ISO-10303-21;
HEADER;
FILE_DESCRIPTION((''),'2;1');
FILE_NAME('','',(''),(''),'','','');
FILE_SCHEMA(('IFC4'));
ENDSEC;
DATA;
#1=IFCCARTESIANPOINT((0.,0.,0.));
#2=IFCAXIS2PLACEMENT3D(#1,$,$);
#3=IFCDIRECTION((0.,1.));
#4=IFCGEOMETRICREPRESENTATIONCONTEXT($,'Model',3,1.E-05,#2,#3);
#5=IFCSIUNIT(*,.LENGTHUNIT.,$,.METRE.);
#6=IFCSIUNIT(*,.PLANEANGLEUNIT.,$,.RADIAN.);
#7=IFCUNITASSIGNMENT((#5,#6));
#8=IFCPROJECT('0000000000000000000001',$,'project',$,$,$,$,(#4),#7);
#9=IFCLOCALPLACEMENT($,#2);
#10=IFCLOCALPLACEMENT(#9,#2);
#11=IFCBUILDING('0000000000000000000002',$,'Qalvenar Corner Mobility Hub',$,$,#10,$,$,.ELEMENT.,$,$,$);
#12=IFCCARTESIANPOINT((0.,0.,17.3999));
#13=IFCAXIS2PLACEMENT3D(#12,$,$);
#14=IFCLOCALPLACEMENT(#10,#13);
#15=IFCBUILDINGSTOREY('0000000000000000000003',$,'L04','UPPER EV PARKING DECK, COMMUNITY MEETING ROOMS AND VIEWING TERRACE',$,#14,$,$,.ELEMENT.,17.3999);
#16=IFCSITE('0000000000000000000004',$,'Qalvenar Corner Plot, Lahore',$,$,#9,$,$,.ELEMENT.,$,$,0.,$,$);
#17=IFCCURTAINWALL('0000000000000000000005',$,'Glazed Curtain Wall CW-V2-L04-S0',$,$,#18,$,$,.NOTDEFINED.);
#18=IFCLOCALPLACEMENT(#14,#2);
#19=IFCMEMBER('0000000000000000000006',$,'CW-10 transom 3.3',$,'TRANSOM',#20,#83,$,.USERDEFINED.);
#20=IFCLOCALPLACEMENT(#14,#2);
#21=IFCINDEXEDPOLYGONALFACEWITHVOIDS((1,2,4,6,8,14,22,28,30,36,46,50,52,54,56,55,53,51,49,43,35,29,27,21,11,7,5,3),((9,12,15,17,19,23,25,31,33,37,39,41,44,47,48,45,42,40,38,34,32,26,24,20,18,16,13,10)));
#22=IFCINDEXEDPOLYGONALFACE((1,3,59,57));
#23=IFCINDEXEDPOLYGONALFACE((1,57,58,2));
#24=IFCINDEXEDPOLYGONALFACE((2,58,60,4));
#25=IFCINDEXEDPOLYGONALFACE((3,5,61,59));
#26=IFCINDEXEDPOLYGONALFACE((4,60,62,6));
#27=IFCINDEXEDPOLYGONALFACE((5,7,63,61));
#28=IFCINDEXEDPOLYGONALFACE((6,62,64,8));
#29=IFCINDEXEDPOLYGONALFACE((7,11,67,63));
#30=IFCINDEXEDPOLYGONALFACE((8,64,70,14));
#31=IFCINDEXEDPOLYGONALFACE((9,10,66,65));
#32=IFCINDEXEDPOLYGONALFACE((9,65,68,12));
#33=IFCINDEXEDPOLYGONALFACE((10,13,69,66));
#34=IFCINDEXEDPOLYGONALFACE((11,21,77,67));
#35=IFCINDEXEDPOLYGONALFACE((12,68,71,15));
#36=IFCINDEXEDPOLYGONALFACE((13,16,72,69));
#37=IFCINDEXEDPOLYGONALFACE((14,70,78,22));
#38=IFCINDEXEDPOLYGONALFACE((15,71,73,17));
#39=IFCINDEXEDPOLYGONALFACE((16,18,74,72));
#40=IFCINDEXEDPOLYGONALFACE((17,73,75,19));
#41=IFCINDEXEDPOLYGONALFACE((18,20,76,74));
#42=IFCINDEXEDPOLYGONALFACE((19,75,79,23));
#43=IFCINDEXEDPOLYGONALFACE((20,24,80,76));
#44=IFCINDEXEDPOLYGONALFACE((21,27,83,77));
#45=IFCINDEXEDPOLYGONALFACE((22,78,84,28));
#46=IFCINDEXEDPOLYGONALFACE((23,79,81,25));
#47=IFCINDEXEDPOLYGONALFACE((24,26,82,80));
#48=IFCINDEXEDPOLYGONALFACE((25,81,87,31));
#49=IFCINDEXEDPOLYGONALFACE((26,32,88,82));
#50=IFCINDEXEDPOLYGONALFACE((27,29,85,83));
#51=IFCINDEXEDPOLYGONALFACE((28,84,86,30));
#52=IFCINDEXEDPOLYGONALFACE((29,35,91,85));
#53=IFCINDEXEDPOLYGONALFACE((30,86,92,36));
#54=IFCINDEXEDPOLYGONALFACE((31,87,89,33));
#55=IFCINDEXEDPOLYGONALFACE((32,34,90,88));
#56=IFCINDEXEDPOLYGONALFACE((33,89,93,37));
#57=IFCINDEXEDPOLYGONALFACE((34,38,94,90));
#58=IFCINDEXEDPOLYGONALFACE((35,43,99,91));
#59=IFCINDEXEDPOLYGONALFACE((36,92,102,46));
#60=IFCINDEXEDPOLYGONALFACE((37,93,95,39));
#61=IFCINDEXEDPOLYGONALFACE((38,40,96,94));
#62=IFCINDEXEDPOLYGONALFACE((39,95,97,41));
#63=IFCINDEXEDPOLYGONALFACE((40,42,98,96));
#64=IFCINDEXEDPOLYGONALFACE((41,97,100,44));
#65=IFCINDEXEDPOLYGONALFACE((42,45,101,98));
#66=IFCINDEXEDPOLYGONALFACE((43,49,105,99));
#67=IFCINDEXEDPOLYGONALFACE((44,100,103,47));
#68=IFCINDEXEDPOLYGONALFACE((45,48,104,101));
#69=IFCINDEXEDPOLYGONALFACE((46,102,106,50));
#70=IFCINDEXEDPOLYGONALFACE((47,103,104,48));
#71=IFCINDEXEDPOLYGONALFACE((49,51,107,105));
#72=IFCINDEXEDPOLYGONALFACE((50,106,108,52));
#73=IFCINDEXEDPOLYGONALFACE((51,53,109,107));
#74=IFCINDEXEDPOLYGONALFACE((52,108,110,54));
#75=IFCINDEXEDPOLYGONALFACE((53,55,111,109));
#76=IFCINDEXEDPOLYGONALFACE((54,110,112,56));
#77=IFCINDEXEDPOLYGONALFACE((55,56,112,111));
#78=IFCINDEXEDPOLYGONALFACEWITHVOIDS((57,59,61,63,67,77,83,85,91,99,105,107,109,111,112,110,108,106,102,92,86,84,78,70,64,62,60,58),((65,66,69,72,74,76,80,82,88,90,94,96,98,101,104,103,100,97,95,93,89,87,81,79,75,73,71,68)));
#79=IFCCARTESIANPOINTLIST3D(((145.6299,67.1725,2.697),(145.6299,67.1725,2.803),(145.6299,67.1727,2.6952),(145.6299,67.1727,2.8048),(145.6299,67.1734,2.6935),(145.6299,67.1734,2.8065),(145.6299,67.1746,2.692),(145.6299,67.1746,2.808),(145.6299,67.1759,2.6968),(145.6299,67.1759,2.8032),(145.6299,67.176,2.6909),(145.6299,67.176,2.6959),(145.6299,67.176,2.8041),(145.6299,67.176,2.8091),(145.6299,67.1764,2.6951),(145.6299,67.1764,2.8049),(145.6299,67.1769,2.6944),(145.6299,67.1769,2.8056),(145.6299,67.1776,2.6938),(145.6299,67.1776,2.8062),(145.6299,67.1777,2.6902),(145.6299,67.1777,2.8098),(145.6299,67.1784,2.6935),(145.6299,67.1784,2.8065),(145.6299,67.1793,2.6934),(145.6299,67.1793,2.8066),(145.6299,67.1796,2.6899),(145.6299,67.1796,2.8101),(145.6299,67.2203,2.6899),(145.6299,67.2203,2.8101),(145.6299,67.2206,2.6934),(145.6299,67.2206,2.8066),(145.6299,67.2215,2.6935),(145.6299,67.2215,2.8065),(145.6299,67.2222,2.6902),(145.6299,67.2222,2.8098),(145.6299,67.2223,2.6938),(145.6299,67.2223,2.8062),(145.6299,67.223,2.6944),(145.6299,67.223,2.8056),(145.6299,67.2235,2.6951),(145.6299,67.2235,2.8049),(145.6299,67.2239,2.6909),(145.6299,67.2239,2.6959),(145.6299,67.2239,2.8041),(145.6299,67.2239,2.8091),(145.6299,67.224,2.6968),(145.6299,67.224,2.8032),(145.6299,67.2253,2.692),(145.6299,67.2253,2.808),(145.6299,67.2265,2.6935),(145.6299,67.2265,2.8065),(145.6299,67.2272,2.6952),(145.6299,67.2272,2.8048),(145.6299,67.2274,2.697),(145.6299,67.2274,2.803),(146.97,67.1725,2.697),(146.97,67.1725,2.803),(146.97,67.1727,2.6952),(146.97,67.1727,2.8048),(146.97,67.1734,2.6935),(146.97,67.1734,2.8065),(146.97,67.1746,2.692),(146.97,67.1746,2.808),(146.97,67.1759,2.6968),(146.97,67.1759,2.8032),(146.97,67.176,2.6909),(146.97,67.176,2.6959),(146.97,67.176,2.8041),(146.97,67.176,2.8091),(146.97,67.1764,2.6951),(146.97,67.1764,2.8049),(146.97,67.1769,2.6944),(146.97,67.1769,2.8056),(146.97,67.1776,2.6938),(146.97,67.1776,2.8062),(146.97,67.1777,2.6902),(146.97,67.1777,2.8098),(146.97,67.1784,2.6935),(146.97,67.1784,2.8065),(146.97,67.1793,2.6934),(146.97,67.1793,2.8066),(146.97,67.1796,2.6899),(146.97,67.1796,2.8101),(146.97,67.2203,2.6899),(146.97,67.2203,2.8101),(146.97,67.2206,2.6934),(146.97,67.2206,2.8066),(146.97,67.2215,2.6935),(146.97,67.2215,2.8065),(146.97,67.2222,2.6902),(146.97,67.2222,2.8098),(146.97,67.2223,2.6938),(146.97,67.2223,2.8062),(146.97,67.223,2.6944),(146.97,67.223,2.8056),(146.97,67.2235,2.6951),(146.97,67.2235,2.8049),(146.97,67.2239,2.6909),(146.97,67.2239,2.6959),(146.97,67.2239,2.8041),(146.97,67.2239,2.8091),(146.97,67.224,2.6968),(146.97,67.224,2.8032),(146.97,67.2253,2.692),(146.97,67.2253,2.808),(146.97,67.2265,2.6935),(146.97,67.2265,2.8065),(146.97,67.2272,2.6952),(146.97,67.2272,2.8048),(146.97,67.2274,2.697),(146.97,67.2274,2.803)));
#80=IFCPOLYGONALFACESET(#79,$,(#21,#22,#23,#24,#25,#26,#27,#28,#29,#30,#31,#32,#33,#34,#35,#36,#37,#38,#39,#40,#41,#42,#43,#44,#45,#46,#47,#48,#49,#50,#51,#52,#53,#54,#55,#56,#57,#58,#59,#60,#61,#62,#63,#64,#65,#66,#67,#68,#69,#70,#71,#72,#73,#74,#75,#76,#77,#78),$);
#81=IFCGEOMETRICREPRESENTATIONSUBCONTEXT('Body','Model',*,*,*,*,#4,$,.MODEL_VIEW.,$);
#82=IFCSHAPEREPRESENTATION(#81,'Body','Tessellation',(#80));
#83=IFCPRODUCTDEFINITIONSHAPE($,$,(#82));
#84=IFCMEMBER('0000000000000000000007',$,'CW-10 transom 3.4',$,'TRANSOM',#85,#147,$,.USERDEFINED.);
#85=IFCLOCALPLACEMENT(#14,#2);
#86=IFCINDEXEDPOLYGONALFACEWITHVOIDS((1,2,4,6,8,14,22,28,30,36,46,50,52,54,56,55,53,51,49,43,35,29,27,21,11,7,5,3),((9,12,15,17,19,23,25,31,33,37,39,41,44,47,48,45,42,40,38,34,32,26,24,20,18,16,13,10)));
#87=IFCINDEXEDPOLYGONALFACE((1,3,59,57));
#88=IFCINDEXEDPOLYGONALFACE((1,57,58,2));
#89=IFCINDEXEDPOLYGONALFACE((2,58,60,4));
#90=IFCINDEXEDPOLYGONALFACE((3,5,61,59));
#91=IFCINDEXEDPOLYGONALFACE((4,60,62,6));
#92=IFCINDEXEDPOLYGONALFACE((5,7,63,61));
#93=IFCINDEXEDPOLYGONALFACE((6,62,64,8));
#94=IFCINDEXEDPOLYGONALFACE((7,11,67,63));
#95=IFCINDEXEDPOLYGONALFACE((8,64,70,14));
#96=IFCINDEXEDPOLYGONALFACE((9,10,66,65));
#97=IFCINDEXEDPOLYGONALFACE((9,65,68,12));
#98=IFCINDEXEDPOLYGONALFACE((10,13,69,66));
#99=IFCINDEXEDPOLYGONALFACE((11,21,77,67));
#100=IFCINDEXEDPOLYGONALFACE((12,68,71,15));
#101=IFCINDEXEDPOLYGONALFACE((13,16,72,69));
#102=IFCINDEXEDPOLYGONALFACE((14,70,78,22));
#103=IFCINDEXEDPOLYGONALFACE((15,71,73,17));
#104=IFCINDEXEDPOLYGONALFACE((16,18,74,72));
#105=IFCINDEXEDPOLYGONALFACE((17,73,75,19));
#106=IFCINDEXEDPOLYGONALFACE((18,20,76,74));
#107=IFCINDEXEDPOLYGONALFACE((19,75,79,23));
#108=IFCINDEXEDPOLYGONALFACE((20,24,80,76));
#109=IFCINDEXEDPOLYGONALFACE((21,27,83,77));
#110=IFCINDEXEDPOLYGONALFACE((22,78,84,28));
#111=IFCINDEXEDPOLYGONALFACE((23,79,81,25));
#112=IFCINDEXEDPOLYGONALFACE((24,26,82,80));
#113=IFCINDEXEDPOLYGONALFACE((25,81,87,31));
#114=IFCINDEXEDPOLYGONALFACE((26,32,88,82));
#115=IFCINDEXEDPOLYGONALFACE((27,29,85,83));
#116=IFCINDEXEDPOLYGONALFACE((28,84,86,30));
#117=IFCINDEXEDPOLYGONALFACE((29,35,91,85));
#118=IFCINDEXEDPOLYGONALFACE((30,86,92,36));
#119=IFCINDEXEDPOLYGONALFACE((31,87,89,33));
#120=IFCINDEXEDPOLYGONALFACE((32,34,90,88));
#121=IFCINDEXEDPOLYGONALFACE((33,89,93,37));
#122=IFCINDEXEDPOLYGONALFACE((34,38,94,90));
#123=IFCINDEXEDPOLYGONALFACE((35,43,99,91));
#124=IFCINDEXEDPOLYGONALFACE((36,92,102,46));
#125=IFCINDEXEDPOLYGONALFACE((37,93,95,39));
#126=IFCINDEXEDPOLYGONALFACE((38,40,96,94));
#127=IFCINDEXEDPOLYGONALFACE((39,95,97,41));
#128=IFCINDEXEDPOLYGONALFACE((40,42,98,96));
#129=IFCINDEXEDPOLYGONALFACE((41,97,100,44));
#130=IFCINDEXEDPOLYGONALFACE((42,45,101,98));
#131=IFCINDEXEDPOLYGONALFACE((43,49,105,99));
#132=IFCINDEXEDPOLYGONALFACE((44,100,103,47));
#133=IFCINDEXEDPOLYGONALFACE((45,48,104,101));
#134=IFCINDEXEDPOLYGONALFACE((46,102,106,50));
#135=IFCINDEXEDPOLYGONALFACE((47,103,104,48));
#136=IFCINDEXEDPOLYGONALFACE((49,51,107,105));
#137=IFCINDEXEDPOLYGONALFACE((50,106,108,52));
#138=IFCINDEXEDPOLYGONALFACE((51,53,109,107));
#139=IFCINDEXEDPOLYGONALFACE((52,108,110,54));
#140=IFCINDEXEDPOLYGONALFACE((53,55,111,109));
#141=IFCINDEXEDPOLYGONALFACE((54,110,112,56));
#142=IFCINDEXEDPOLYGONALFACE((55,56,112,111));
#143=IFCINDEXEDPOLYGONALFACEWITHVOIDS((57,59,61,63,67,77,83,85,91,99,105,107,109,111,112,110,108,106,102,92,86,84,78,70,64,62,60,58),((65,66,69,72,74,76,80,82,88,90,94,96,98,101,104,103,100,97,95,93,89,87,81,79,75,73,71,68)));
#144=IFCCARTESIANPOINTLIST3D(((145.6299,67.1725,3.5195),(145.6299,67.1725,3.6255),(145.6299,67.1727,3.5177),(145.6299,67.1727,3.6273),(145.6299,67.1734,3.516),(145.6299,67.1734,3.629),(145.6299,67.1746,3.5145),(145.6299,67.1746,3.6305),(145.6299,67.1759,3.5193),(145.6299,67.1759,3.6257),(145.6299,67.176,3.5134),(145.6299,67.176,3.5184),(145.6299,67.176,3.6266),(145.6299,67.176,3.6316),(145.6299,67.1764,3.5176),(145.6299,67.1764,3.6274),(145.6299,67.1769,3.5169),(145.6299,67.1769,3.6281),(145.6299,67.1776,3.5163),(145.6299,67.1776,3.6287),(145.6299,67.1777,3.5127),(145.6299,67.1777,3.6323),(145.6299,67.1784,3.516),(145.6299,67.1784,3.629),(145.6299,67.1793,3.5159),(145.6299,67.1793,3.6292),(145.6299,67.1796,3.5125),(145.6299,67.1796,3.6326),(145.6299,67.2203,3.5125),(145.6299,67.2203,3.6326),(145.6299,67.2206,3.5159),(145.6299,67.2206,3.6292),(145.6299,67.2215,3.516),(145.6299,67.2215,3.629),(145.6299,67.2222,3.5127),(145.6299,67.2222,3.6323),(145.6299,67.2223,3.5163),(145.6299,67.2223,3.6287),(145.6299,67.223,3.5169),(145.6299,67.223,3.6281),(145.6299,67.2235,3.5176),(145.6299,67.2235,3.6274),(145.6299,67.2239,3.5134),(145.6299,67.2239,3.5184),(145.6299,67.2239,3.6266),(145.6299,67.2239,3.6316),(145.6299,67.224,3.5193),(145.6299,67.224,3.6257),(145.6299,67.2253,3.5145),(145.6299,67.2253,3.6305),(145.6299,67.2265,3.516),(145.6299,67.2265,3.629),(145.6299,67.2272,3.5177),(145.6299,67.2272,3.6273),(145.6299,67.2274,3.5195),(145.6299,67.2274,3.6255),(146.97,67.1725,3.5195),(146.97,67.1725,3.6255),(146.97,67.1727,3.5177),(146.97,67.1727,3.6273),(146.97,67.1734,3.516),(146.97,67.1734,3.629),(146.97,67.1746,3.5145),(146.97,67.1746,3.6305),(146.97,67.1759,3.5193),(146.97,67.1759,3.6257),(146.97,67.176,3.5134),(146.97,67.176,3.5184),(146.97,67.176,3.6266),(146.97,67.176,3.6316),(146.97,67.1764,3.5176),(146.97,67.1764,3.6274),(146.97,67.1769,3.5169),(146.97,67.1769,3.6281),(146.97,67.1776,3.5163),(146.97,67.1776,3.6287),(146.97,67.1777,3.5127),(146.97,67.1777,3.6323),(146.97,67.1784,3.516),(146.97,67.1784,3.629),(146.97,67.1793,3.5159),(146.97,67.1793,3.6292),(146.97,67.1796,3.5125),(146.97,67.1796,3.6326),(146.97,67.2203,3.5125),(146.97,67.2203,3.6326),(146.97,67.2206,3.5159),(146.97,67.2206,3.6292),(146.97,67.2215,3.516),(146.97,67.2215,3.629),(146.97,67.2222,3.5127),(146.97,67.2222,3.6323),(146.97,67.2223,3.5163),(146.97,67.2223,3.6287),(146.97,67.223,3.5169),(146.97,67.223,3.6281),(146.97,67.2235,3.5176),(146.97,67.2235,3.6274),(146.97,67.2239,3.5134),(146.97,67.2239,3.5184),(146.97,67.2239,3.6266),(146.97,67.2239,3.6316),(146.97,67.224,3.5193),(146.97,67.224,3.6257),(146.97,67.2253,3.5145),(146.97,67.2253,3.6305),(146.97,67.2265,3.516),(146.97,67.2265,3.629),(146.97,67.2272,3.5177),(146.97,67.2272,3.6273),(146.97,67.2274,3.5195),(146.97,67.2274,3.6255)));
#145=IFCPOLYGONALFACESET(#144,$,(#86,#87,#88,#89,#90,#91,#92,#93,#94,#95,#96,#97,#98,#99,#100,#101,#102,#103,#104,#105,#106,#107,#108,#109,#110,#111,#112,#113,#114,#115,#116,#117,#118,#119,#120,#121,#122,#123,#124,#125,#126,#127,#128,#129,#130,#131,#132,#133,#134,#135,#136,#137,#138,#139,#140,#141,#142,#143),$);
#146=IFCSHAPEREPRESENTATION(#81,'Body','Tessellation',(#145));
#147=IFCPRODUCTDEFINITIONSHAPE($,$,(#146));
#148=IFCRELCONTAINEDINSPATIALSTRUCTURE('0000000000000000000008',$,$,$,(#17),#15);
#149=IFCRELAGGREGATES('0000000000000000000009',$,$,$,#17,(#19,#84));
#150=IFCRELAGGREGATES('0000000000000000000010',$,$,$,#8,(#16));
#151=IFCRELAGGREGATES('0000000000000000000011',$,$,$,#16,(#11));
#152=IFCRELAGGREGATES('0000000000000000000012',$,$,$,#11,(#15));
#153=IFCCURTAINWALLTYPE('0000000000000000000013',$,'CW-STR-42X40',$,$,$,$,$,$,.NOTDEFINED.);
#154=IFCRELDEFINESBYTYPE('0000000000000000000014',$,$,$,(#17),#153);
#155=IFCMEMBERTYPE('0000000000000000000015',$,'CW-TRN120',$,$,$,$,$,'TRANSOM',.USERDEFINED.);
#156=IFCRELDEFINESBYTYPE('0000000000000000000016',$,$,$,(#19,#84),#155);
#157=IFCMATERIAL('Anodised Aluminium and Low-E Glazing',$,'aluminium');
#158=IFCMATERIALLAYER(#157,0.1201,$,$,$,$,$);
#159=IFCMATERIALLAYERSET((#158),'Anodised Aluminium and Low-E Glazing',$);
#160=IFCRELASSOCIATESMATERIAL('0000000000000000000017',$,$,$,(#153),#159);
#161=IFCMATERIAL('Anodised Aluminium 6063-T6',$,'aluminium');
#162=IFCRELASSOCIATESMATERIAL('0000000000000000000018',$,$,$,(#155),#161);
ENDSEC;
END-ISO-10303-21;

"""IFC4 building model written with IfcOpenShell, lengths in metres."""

from ifc_helpers import new_model, si_unit, direction, frame, origin, origin_2d, place, context, subcontext, project, spatial, hollow_rectangle, extrude, material, layer, layer_set, material_profile, profile_set, type_object, element, aggregate, save


model = new_model("IFC4")

# Units and contexts
model_context = context("Model", 3, precision=1e-05, world=origin(), true_north=direction((0.0, 1.0)))
body_context = subcontext(model_context, "Body", "Model", "MODEL_VIEW")
ifc_project = project(units=[si_unit("LENGTHUNIT", "METRE"), si_unit("PLANEANGLEUNIT", "RADIAN")], contexts=[model_context])

# Site, building, storey
site_placement = place(None, origin())
site = spatial("IfcSite", under=ifc_project, at=site_placement, Name="Qalvenar Corner Plot, Lahore", CompositionType="ELEMENT", RefElevation=0.0)
building_placement = place(site_placement, origin())
building = spatial("IfcBuilding", under=site, at=building_placement, Name="Qalvenar Corner Mobility Hub", CompositionType="ELEMENT")
storey_placement = place(building_placement, frame((0.0, 0.0, 17.3999)))
storey = spatial("IfcBuildingStorey", under=building, at=storey_placement, Name="L04", Description="UPPER EV PARKING DECK, COMMUNITY MEETING ROOMS AND VIEWING TERRACE", CompositionType="ELEMENT", Elevation=17.3999)

# Curtain wall, members
ifc_material_1 = material(Name="Anodised Aluminium and Low-E Glazing", Category="aluminium")
ifc_layer_1 = layer(ifc_material_1, 0.1201)
ifc_layer_set_1 = layer_set([ifc_layer_1], Name="Anodised Aluminium and Low-E Glazing")
curtain_wall_type = type_object("IfcCurtainWallType", Name="CW-STR-42X40", PredefinedType="NOTDEFINED", material=ifc_layer_set_1)
curtain_wall_placement = place(storey_placement, origin())
curtain_wall = element("IfcCurtainWall", 1, at=curtain_wall_placement, inside=storey, type_object=curtain_wall_type, Name="Glazed Curtain Wall CW-V2-L04-S0", PredefinedType="NOTDEFINED")
ifc_material_2 = material(Name="Anodised Aluminium 6063-T6", Category="aluminium")
ifc_material_profile_1 = material_profile(ifc_material_2, hollow_rectangle(XDim=0.0549, YDim=0.1201, WallThickness=0.0034, InnerFilletRadius=0.0034, OuterFilletRadius=0.0071, at=origin_2d()), Name="RHS120x55x3.5")
ifc_profile_set_1 = profile_set([ifc_material_profile_1], Name="Anodised Aluminium 6063-T6")
member_type_1 = type_object("IfcMemberType", Name="CW-TRN120", ElementType="TRANSOM", PredefinedType="USERDEFINED", material=ifc_profile_set_1)
member_1_placement = place(storey_placement, frame((145.6299, 67.2, 2.75), z_axis=(1.0, 0.0, 0.0), x_axis=(0.0, 1.0, 0.0)))
member_1 = element("IfcMember", 2, at=member_1_placement, type_object=member_type_1, Name="CW-10 transom 3.3", ObjectType="TRANSOM", PredefinedType="USERDEFINED", context=body_context, shape_type="SweptSolid", body=[
    extrude(hollow_rectangle(XDim=0.0549, YDim=0.1201, WallThickness=0.0034, InnerFilletRadius=0.0034, OuterFilletRadius=0.0071, at=origin_2d()), origin(), (0.0, 0.0, 1.0), 1.3401),
])
member_2_placement = place(storey_placement, frame((145.6299, 67.2, 3.5725), z_axis=(1.0, 0.0, 0.0), x_axis=(0.0, 1.0, 0.0)))
member_2 = element("IfcMember", 3, at=member_2_placement, type_object=member_type_1, Name="CW-10 transom 3.4", ObjectType="TRANSOM", PredefinedType="USERDEFINED", context=body_context, shape_type="SweptSolid", body=[
    extrude(hollow_rectangle(XDim=0.0549, YDim=0.1201, WallThickness=0.0034, InnerFilletRadius=0.0034, OuterFilletRadius=0.0071, at=origin_2d()), origin(), (0.0, 0.0, 1.0), 1.3401),
])
aggregate(curtain_wall, [member_1, member_2])

save(model, "model.ifc")
